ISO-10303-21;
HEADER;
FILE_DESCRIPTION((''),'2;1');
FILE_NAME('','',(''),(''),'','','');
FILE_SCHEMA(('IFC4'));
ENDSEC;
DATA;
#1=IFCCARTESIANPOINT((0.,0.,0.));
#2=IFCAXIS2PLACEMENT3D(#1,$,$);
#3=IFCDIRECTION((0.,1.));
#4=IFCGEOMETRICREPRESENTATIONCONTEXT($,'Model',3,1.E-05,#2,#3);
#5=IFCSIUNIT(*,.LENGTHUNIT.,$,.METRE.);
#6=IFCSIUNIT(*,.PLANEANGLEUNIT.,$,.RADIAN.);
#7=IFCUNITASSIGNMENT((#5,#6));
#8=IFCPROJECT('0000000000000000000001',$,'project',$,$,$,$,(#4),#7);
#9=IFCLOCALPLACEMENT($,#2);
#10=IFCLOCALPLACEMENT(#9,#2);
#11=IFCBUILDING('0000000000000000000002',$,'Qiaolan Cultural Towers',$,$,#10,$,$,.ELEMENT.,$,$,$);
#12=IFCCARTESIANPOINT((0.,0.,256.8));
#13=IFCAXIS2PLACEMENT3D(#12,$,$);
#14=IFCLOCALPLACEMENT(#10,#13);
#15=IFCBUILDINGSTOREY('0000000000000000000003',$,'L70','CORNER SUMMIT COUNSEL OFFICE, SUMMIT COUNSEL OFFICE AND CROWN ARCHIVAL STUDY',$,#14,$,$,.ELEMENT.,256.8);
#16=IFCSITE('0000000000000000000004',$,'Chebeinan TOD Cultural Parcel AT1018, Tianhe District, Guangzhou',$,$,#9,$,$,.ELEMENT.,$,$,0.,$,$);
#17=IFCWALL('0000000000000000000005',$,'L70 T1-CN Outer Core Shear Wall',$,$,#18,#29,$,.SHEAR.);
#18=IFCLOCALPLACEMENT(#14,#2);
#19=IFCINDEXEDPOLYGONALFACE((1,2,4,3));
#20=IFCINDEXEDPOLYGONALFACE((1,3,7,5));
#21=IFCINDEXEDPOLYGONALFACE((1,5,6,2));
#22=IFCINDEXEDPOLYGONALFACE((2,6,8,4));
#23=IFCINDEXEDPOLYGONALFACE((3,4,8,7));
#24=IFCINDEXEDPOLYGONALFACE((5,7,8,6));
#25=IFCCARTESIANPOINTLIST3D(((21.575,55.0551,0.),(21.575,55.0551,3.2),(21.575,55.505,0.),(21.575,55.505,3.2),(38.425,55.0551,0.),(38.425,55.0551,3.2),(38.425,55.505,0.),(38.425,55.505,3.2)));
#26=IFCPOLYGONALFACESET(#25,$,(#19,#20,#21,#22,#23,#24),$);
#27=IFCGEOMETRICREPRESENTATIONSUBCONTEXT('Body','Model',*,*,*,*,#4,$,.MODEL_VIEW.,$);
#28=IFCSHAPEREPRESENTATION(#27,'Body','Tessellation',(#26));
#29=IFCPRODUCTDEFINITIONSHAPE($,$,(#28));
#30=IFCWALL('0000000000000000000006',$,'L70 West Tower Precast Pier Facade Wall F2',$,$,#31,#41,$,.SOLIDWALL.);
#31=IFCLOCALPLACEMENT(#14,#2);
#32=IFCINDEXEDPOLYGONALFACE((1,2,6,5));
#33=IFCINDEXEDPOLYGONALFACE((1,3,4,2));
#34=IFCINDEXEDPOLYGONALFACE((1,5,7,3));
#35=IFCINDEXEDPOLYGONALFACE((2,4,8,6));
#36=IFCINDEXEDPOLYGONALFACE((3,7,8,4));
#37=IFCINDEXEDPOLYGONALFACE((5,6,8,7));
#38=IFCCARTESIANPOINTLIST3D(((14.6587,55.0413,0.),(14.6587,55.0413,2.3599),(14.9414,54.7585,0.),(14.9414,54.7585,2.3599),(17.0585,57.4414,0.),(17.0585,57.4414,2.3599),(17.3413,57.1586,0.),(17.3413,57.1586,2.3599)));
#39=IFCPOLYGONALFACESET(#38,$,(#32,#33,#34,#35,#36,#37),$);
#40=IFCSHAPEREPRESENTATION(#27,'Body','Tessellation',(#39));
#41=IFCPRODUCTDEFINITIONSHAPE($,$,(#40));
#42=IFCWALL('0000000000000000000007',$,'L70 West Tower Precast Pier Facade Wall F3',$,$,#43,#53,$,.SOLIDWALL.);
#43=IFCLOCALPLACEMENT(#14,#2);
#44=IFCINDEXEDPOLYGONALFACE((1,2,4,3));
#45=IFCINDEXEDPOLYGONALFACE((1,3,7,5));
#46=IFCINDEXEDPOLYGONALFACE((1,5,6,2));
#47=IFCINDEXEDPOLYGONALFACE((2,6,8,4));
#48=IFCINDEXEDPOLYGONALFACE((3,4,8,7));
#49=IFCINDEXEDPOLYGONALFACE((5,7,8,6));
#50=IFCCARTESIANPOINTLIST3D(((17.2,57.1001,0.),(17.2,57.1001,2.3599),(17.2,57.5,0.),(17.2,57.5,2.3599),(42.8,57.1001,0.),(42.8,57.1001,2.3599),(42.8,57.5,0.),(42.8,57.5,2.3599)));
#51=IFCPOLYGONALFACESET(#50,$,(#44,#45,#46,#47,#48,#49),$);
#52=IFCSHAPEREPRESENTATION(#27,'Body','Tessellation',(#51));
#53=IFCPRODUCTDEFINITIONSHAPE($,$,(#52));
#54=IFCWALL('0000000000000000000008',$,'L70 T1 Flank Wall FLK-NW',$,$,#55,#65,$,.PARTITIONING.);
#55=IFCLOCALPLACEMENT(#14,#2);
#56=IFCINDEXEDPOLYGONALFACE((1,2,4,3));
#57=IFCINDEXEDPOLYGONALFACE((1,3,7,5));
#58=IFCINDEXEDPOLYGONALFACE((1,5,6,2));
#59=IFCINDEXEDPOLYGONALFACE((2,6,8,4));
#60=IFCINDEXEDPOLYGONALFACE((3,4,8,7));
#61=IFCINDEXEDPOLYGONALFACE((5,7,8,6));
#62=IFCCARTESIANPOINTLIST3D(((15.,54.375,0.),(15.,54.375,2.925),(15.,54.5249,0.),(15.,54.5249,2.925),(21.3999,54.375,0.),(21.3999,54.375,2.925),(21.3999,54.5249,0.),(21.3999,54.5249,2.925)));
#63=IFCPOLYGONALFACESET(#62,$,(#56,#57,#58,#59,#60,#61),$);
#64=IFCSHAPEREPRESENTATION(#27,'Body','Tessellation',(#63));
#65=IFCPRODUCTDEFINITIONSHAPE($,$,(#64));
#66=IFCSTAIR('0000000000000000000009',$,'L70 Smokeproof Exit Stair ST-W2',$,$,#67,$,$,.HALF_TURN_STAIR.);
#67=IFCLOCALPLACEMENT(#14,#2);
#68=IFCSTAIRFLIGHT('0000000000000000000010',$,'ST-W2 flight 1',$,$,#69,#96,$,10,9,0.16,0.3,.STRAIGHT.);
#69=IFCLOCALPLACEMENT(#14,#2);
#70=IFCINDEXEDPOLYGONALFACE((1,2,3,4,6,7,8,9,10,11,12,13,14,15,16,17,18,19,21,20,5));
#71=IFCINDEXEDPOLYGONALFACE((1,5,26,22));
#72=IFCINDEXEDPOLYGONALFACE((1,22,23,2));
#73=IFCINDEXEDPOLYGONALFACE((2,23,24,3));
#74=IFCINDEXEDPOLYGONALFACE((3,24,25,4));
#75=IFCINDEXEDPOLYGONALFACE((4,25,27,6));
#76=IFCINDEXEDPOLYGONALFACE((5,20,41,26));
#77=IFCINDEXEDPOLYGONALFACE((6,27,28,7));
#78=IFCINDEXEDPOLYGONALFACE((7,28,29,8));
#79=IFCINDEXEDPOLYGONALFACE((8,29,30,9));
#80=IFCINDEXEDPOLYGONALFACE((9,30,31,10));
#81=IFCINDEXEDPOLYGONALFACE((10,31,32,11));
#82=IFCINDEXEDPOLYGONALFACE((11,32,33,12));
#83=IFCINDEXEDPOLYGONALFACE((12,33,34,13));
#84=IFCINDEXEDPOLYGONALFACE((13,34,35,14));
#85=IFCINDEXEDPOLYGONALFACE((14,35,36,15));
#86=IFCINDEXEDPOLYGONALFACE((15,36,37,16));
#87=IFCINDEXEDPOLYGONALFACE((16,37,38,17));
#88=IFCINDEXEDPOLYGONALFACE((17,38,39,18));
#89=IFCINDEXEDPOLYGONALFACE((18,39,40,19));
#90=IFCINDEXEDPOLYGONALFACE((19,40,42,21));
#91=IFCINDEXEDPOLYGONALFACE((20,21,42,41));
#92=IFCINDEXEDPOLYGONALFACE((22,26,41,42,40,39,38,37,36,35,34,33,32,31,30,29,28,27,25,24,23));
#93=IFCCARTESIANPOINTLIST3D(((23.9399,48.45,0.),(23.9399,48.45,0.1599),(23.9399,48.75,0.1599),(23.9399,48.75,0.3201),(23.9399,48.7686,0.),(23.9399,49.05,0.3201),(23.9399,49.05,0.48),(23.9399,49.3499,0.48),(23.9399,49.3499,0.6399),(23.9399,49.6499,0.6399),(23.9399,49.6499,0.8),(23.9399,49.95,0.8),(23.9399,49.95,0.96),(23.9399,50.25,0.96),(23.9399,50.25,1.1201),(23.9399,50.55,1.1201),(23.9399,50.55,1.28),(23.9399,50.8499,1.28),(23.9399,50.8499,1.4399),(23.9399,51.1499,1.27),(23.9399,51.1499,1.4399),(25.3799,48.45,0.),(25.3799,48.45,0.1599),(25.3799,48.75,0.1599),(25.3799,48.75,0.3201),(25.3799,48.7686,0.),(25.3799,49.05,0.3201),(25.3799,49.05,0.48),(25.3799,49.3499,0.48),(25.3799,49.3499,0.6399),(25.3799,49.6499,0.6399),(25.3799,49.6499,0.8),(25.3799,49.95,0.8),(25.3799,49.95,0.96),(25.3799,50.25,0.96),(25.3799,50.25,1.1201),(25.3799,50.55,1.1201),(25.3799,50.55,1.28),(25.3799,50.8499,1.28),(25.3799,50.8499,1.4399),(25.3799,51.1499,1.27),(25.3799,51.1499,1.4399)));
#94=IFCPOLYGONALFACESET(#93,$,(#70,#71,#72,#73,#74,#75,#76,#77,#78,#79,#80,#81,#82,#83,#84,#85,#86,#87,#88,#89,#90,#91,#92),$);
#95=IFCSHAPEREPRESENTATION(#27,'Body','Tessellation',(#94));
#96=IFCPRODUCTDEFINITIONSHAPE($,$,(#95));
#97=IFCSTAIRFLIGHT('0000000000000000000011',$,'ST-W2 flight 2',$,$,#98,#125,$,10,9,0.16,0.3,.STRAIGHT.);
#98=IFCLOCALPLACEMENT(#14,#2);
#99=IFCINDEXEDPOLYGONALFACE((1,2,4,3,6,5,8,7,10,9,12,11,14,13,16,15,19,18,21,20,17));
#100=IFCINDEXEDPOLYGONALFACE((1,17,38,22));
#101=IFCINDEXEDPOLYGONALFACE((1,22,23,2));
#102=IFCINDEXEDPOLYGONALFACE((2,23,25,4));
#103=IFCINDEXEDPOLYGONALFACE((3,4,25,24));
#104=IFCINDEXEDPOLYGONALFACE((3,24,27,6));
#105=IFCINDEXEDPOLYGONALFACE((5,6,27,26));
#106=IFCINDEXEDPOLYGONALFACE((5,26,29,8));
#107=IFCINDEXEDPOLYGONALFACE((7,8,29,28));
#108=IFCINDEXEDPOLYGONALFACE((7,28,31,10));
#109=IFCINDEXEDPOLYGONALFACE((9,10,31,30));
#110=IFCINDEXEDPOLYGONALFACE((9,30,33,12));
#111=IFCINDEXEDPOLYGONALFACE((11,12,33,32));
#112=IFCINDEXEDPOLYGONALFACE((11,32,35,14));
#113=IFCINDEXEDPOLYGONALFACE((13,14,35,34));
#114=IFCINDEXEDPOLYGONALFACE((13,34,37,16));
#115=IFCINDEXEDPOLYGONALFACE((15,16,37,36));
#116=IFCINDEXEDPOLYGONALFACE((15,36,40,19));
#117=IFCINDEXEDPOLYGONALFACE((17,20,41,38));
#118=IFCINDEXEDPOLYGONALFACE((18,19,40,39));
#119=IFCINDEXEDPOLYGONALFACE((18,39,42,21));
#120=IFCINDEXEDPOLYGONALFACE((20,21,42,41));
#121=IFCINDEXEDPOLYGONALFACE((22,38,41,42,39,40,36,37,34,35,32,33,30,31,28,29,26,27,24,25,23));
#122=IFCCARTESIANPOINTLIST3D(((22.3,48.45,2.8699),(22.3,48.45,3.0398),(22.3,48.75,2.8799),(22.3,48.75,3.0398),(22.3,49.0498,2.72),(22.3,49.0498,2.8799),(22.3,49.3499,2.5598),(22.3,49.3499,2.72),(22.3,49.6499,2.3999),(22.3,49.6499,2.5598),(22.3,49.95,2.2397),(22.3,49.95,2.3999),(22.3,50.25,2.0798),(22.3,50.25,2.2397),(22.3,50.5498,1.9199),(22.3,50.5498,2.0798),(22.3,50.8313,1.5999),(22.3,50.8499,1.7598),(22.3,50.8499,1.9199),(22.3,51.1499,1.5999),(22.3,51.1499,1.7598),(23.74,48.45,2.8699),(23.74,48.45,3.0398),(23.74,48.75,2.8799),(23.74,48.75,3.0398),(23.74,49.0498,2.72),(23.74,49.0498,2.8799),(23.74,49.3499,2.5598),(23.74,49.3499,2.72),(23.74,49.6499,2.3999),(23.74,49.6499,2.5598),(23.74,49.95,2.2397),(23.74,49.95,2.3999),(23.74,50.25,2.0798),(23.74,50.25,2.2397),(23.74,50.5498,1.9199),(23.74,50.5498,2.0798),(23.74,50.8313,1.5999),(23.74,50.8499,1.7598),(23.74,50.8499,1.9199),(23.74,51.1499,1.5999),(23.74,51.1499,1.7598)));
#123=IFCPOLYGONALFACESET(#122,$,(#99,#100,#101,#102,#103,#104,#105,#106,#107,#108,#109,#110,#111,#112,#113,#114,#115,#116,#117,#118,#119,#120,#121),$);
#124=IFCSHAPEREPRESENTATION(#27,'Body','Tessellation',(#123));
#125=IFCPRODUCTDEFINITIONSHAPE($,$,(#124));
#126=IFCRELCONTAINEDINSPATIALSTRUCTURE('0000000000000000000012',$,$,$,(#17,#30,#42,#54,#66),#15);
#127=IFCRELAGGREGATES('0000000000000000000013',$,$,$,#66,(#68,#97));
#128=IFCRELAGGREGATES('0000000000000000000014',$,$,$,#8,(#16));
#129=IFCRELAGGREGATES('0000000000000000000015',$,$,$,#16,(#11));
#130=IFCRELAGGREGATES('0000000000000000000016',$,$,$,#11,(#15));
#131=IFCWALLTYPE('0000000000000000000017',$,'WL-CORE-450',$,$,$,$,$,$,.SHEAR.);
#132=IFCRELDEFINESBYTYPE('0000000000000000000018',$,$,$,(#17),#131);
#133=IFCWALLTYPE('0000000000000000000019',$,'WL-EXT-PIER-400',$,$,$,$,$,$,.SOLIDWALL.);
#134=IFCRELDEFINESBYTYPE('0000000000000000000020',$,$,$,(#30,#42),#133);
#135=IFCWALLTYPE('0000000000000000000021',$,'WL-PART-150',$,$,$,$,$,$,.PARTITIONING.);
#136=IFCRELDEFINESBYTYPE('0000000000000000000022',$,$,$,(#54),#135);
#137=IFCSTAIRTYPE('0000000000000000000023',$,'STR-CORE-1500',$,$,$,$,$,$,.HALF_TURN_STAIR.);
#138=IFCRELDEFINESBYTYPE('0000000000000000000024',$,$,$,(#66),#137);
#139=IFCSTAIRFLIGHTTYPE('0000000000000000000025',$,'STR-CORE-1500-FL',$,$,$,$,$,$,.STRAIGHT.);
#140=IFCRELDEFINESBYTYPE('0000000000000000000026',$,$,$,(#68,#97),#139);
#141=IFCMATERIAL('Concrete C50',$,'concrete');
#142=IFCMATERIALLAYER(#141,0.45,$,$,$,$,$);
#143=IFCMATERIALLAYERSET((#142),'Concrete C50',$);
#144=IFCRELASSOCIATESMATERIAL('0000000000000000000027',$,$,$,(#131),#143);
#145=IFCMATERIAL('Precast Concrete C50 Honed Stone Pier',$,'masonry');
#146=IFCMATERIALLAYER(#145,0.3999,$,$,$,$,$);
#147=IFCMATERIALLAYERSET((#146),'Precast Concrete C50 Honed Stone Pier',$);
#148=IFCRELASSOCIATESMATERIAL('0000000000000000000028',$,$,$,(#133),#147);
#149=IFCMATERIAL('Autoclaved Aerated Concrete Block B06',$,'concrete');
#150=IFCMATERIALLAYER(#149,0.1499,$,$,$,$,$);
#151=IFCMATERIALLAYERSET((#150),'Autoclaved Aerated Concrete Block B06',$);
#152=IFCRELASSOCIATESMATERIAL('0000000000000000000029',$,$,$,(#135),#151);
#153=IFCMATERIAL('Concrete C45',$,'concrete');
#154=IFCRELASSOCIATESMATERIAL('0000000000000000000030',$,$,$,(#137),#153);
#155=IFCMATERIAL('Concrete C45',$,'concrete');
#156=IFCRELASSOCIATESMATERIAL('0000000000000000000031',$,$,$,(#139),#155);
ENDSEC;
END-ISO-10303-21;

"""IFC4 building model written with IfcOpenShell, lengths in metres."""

from ifc_helpers import new_model, si_unit, direction, frame, frame_2d, origin, place, context, subcontext, project, spatial, polyline, rectangle, outline, extrude, material, layer, layer_set, type_object, element, aggregate, save


model = new_model("IFC4")

# Units and contexts
model_context = context("Model", 3, precision=1e-05, world=origin(), true_north=direction((0.0, 1.0)))
body_context = subcontext(model_context, "Body", "Model", "MODEL_VIEW")
ifc_project = project(units=[si_unit("LENGTHUNIT", "METRE"), si_unit("PLANEANGLEUNIT", "RADIAN")], contexts=[model_context])

# Site, building, storey
site_placement = place(None, origin())
site = spatial("IfcSite", under=ifc_project, at=site_placement, Name="Chebeinan TOD Cultural Parcel AT1018, Tianhe District, Guangzhou", CompositionType="ELEMENT", RefElevation=0.0)
building_placement = place(site_placement, origin())
building = spatial("IfcBuilding", under=site, at=building_placement, Name="Qiaolan Cultural Towers", CompositionType="ELEMENT")
storey_placement = place(building_placement, frame((0.0, 0.0, 256.8)))
storey = spatial("IfcBuildingStorey", under=building, at=storey_placement, Name="L70", Description="CORNER SUMMIT COUNSEL OFFICE, SUMMIT COUNSEL OFFICE AND CROWN ARCHIVAL STUDY", CompositionType="ELEMENT", Elevation=256.8)

# Walls
ifc_material_1 = material(Name="Concrete C50", Category="concrete")
ifc_layer_1 = layer(ifc_material_1, 0.45)
ifc_layer_set_1 = layer_set([ifc_layer_1], Name="Concrete C50")
wall_type_1 = type_object("IfcWallType", Name="WL-CORE-450", PredefinedType="SHEAR", material=ifc_layer_set_1)
wall_1_placement = place(storey_placement, frame((21.575, 55.28, 0.0), z_axis=(0.0, 0.0, 1.0), x_axis=(1.0, 0.0, 0.0)))
element("IfcWall", 1, at=wall_1_placement, inside=storey, type_object=wall_type_1, Name="L70 T1-CN Outer Core Shear Wall", PredefinedType="SHEAR", context=body_context, shape_type="SweptSolid", body=[
    extrude(rectangle(XDim=16.8501, YDim=0.45, at=frame_2d((8.425, 0.0))), origin(), (0.0, 0.0, 1.0), 3.2),
])
ifc_material_2 = material(Name="Precast Concrete C50 Honed Stone Pier", Category="masonry")
ifc_layer_2 = layer(ifc_material_2, 0.3999)
ifc_layer_set_2 = layer_set([ifc_layer_2], Name="Precast Concrete C50 Honed Stone Pier")
wall_type_2 = type_object("IfcWallType", Name="WL-EXT-PIER-400", PredefinedType="SOLIDWALL", material=ifc_layer_set_2)
wall_2_placement = place(storey_placement, frame((14.8, 54.8999, 0.0), z_axis=(0.0, 0.0, 1.0), x_axis=(0.707071, 0.707143, 0.0)))
element("IfcWall", 2, at=wall_2_placement, inside=storey, type_object=wall_type_2, Name="L70 West Tower Precast Pier Facade Wall F2", PredefinedType="SOLIDWALL", context=body_context, shape_type="SweptSolid", body=[
    extrude(rectangle(XDim=3.394, YDim=0.3999, at=frame_2d((1.697, 0.0))), origin(), (0.0, 0.0, 1.0), 2.3599),
])
wall_3_placement = place(storey_placement, frame((17.2, 57.3, 0.0), z_axis=(0.0, 0.0, 1.0), x_axis=(1.0, 0.0, 0.0)))
element("IfcWall", 3, at=wall_3_placement, inside=storey, type_object=wall_type_2, Name="L70 West Tower Precast Pier Facade Wall F3", PredefinedType="SOLIDWALL", context=body_context, shape_type="SweptSolid", body=[
    extrude(rectangle(XDim=25.6001, YDim=0.3999, at=frame_2d((12.8, 0.0))), origin(), (0.0, 0.0, 1.0), 2.3599),
])
ifc_material_3 = material(Name="Autoclaved Aerated Concrete Block B06", Category="concrete")
ifc_layer_3 = layer(ifc_material_3, 0.1499)
ifc_layer_set_3 = layer_set([ifc_layer_3], Name="Autoclaved Aerated Concrete Block B06")
wall_type_3 = type_object("IfcWallType", Name="WL-PART-150", PredefinedType="PARTITIONING", material=ifc_layer_set_3)
wall_4_placement = place(storey_placement, frame((15.0, 54.45, 0.0), z_axis=(0.0, 0.0, 1.0), x_axis=(1.0, 0.0, 0.0)))
element("IfcWall", 4, at=wall_4_placement, inside=storey, type_object=wall_type_3, Name="L70 T1 Flank Wall FLK-NW", PredefinedType="PARTITIONING", context=body_context, shape_type="SweptSolid", body=[
    extrude(rectangle(XDim=6.3999, YDim=0.1499, at=frame_2d((3.2, 0.0))), origin(), (0.0, 0.0, 1.0), 2.925),
])

# Stair, stair flights
ifc_material_4 = material(Name="Concrete C45", Category="concrete")
stair_type = type_object("IfcStairType", Name="STR-CORE-1500", PredefinedType="HALF_TURN_STAIR", material=ifc_material_4)
stair_placement = place(storey_placement, origin())
stair = element("IfcStair", 5, at=stair_placement, inside=storey, type_object=stair_type, Name="L70 Smokeproof Exit Stair ST-W2", PredefinedType="HALF_TURN_STAIR")
ifc_material_5 = material(Name="Concrete C45", Category="concrete")
stair_flight_type = type_object("IfcStairFlightType", Name="STR-CORE-1500-FL", PredefinedType="STRAIGHT", material=ifc_material_5)
stair_flight_1_placement = place(storey_placement, frame((24.6599, 48.45, 0.0), z_axis=(0.0, 0.0, 1.0), x_axis=(0.0, 1.0, 0.0)))
stair_flight_1 = element("IfcStairFlight", 6, at=stair_flight_1_placement, type_object=stair_flight_type, Name="ST-W2 flight 1", NumberOfRisers=10, NumberOfTreads=9, PredefinedType="STRAIGHT", RiserHeight=0.16, TreadLength=0.3, context=body_context, shape_type="SweptSolid", body=[
    extrude(outline(polyline([(0.0, 0.0), (0.0, 0.1599), (0.3, 0.1599), (0.3, 0.3201), (0.6001, 0.3201), (0.6001, 0.48), (0.8999, 0.48), (0.8999, 0.6399), (1.2, 0.6399), (1.2, 0.8), (1.5, 0.8), (1.5, 0.96), (1.8, 0.96), (1.8, 1.1201), (2.1001, 1.1201), (2.1001, 1.28), (2.3999, 1.28), (2.3999, 1.4399), (2.7, 1.4399), (2.7, 1.6001), (2.7, 1.27), (0.3186, 0.0), (0.0, 0.0)])), frame((0.0, 0.72, 0.0), z_axis=(0.0, -1.0, 0.0), x_axis=(1.0, 0.0, 0.0)), (0.0, 0.0, 1.0), 1.4399),
])
stair_flight_2_placement = place(storey_placement, frame((23.02, 51.1499, 1.5999), z_axis=(0.0, 0.0, 1.0), x_axis=(0.0, -1.0, 0.0)))
stair_flight_2 = element("IfcStairFlight", 7, at=stair_flight_2_placement, type_object=stair_flight_type, Name="ST-W2 flight 2", NumberOfRisers=10, NumberOfTreads=9, PredefinedType="STRAIGHT", RiserHeight=0.16, TreadLength=0.3, context=body_context, shape_type="SweptSolid", body=[
    extrude(outline(polyline([(0.0, 0.0), (0.0, 0.1599), (0.3, 0.1599), (0.3, 0.3201), (0.6001, 0.3201), (0.6001, 0.48), (0.8999, 0.48), (0.8999, 0.6399), (1.2, 0.6399), (1.2, 0.8), (1.5, 0.8), (1.5, 0.96), (1.8, 0.96), (1.8, 1.1201), (2.1001, 1.1201), (2.1001, 1.28), (2.3999, 1.28), (2.3999, 1.4399), (2.7, 1.4399), (2.7, 1.6001), (2.7, 1.27), (0.3186, 0.0), (0.0, 0.0)])), frame((0.0, 0.72, 0.0), z_axis=(0.0, -1.0, 0.0), x_axis=(1.0, 0.0, 0.0)), (0.0, 0.0, 1.0), 1.4399),
])
aggregate(stair, [stair_flight_1, stair_flight_2])

save(model, "model.ifc")
